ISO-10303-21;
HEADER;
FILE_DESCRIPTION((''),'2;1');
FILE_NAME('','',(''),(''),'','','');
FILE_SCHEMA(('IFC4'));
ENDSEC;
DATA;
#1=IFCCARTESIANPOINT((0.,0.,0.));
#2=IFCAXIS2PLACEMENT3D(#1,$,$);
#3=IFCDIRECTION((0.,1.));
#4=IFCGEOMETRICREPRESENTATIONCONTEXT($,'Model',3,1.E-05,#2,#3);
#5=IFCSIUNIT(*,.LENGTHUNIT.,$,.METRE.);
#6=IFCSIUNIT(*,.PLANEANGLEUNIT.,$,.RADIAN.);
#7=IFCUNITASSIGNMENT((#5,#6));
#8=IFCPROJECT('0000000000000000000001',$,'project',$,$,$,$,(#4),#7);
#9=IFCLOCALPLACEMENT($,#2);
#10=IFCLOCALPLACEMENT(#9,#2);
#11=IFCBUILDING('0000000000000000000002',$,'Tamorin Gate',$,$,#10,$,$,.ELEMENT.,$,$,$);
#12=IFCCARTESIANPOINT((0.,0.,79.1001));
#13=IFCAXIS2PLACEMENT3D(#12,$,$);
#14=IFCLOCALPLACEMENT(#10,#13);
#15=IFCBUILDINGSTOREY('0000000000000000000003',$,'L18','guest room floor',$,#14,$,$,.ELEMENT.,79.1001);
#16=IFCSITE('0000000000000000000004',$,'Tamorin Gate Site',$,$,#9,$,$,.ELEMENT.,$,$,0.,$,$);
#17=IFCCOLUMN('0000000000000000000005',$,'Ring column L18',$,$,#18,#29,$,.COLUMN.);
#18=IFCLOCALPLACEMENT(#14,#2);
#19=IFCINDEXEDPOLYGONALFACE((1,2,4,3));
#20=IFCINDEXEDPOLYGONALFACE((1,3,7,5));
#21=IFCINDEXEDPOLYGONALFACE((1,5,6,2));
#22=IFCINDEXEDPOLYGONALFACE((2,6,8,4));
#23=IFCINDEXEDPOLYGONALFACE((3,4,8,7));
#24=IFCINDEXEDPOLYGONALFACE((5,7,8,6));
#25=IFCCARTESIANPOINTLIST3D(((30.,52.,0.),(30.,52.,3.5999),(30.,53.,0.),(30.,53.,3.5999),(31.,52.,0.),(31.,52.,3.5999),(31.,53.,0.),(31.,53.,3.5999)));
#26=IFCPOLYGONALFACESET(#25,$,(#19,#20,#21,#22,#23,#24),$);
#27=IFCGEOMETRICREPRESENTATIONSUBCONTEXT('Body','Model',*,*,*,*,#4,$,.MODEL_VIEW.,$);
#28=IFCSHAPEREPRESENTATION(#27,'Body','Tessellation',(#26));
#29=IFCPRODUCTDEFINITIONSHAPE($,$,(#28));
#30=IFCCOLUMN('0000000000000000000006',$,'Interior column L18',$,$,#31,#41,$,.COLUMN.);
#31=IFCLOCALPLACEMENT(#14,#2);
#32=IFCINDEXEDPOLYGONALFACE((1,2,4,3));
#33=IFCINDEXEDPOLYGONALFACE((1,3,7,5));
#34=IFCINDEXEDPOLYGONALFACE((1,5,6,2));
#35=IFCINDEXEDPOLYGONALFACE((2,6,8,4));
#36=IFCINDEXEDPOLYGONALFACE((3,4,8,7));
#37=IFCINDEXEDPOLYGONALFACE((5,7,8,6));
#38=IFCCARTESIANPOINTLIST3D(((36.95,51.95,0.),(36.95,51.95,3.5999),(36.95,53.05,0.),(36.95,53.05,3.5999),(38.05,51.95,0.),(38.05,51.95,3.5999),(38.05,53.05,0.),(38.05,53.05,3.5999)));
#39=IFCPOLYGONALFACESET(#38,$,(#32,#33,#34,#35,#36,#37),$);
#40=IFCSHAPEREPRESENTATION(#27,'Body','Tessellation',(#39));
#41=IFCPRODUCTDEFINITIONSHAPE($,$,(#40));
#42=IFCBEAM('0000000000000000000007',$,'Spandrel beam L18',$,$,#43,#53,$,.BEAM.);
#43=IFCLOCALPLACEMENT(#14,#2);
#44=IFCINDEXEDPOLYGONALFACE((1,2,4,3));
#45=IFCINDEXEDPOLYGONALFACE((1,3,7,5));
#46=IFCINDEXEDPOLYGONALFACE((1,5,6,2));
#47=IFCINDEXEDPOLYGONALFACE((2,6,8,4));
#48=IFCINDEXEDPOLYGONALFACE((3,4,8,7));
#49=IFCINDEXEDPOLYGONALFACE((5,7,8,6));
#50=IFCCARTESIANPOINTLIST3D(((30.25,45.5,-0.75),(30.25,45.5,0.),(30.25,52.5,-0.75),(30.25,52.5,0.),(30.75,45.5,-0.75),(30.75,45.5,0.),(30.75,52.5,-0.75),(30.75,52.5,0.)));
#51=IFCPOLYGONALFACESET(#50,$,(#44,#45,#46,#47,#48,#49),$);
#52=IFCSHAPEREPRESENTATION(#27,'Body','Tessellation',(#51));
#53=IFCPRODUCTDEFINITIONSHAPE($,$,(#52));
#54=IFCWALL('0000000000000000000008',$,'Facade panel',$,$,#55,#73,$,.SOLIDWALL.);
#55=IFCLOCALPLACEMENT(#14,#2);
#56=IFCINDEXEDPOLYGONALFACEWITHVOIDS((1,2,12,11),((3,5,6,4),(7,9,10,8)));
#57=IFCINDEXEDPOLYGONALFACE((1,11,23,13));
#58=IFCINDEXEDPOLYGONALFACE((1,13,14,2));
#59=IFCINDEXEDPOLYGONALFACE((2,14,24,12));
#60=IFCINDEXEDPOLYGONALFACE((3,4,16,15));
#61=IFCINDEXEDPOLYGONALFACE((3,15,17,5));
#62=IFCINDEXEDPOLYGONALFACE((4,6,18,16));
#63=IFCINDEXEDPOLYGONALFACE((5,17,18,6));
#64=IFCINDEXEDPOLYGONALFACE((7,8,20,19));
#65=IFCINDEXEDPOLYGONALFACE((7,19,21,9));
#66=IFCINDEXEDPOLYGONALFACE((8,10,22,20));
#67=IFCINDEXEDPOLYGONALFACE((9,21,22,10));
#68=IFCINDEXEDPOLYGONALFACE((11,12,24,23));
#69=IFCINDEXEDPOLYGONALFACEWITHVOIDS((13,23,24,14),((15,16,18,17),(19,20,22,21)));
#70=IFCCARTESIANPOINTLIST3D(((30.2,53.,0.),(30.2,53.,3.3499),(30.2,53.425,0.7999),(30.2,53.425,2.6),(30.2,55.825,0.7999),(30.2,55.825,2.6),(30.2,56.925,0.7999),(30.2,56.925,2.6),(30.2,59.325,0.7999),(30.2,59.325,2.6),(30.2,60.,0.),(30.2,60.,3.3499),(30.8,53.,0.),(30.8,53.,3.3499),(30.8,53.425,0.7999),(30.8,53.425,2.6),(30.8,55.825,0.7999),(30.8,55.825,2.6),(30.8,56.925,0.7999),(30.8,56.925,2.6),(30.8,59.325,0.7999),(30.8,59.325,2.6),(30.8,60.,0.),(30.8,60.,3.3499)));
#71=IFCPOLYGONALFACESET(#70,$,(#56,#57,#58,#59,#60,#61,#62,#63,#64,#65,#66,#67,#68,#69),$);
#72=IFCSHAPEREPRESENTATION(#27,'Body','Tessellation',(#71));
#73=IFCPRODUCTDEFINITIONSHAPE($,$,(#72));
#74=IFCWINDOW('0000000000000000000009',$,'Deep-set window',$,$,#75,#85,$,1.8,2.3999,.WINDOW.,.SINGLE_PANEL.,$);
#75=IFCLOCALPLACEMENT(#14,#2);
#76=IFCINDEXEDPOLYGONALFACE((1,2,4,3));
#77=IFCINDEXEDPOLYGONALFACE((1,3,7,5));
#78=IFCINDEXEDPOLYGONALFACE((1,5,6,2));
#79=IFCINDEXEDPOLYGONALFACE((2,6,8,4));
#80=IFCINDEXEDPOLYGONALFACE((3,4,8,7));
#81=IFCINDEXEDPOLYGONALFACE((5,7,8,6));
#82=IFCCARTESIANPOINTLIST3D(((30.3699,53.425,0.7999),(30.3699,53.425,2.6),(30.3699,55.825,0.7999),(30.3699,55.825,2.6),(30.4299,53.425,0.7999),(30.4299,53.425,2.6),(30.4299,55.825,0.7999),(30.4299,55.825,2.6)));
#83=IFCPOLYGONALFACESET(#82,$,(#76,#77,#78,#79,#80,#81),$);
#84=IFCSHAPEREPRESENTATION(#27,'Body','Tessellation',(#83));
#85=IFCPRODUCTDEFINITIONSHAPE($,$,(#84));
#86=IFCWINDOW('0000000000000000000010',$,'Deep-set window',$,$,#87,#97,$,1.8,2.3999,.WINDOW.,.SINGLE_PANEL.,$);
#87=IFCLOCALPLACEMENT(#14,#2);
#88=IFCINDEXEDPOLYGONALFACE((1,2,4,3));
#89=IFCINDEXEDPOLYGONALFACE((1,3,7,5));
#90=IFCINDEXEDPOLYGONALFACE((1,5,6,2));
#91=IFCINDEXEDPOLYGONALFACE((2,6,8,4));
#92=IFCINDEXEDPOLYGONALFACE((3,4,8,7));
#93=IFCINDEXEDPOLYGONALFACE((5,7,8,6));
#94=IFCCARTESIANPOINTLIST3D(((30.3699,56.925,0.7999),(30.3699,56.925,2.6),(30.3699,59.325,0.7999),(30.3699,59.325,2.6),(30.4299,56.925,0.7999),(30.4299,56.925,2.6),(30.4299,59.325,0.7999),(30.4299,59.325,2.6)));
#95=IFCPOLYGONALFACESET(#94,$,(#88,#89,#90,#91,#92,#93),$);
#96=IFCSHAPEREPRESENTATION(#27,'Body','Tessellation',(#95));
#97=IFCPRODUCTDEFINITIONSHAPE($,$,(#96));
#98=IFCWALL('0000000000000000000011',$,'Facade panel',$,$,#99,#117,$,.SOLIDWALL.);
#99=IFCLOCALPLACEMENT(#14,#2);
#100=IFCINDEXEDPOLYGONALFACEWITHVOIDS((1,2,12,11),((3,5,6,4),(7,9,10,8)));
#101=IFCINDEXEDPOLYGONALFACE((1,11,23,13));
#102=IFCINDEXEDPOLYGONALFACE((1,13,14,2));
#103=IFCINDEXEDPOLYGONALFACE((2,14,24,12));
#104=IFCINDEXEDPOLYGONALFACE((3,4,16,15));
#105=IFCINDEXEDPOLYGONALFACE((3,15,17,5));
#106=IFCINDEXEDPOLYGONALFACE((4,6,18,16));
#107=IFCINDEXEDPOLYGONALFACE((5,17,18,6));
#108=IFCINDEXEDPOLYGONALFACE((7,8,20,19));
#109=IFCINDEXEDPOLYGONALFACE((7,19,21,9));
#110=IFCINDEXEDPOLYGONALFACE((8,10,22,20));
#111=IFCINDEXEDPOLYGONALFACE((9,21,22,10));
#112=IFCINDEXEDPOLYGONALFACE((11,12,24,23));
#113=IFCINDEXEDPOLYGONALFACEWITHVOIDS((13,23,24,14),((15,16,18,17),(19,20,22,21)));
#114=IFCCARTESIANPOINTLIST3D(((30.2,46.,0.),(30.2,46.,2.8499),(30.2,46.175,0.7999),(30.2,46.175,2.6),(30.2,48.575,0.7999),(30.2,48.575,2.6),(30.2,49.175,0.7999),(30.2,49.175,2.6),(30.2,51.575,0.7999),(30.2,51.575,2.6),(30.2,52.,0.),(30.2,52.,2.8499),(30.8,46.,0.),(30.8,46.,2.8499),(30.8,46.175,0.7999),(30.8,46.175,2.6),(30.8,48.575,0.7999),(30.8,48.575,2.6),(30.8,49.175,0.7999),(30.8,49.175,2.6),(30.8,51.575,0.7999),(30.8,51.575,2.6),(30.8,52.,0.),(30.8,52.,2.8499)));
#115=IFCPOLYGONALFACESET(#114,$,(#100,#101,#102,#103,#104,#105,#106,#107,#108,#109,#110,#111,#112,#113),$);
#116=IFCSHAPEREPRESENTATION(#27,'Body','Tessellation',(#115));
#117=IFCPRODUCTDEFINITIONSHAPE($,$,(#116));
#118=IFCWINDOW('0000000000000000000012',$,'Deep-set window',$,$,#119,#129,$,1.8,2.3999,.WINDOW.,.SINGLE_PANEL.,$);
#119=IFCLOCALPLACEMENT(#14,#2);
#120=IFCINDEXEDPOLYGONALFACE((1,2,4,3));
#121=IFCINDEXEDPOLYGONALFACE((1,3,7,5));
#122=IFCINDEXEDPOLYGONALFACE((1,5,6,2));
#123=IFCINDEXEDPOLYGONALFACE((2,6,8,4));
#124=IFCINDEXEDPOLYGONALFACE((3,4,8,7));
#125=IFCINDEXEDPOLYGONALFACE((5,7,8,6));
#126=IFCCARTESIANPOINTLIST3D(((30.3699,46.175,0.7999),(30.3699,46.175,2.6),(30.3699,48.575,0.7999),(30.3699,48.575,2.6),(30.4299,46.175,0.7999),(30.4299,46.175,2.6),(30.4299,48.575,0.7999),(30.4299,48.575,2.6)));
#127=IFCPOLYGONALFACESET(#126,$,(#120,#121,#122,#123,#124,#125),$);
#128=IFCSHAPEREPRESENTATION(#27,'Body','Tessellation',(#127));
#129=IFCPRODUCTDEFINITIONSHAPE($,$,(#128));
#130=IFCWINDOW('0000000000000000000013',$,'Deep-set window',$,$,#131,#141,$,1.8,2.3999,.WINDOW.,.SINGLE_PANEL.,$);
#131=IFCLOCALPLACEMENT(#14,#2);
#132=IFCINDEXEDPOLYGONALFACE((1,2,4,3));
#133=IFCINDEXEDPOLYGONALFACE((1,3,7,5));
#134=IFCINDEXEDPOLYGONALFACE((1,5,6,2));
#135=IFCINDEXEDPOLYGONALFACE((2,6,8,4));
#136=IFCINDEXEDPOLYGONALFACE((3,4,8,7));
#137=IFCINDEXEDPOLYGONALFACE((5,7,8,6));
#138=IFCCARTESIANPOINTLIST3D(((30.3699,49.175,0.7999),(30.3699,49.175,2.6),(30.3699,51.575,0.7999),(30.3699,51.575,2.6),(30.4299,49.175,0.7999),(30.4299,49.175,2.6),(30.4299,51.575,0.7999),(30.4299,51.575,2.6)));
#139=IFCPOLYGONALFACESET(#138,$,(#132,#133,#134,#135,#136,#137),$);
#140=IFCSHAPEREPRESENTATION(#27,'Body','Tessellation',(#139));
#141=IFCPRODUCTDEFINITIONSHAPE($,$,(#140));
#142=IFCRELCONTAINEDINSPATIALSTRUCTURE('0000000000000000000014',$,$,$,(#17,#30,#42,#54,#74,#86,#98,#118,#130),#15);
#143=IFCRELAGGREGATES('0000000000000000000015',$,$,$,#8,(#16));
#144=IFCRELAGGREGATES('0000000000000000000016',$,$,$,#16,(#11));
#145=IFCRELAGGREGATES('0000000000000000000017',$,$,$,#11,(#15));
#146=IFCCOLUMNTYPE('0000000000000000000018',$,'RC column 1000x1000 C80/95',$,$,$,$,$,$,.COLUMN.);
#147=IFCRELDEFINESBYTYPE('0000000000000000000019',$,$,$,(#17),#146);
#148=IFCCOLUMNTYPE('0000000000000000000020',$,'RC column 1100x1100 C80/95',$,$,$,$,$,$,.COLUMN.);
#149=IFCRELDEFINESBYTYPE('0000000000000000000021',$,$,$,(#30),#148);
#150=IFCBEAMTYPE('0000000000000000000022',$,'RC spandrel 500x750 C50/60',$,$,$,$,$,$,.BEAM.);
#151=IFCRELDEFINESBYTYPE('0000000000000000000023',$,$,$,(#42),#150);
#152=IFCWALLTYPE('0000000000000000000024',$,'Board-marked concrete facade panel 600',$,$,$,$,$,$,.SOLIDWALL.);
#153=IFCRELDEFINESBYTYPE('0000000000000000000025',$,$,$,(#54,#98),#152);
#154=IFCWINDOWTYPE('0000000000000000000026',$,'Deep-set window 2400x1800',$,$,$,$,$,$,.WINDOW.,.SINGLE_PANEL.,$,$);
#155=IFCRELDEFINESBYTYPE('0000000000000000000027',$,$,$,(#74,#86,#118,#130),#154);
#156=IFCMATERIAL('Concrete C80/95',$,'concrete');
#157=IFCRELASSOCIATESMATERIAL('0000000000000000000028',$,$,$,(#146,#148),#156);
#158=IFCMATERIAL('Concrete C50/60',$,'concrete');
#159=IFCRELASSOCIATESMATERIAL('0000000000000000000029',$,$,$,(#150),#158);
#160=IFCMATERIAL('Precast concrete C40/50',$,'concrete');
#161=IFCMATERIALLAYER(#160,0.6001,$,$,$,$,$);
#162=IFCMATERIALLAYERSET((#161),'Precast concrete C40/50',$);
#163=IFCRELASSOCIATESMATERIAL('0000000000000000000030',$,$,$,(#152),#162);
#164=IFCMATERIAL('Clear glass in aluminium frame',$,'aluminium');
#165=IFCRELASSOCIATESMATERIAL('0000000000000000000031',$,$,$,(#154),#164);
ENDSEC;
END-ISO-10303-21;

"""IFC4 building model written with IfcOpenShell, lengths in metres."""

from ifc_helpers import new_model, si_unit, direction, frame, frame_2d, origin, origin_2d, place, context, subcontext, project, spatial, rectangle, extrude, material, layer, layer_set, material_profile, profile_set, type_object, element, fill, save


model = new_model("IFC4")

# Units and contexts
model_context = context("Model", 3, precision=1e-05, world=origin(), true_north=direction((0.0, 1.0)))
body_context = subcontext(model_context, "Body", "Model", "MODEL_VIEW")
ifc_project = project(units=[si_unit("LENGTHUNIT", "METRE"), si_unit("PLANEANGLEUNIT", "RADIAN")], contexts=[model_context])

# Site, building, storey
site_placement = place(None, origin())
site = spatial("IfcSite", under=ifc_project, at=site_placement, Name="Tamorin Gate Site", CompositionType="ELEMENT", RefElevation=0.0)
building_placement = place(site_placement, origin())
building = spatial("IfcBuilding", under=site, at=building_placement, Name="Tamorin Gate", CompositionType="ELEMENT")
storey_placement = place(building_placement, frame((0.0, 0.0, 79.1001)))
storey = spatial("IfcBuildingStorey", under=building, at=storey_placement, Name="L18", Description="guest room floor", CompositionType="ELEMENT", Elevation=79.1001)

# Columns
ifc_material_1 = material(Name="Concrete C80/95", Category="concrete")
ifc_material_profile_1 = material_profile(ifc_material_1, rectangle(XDim=1.0, YDim=1.0, at=origin_2d()), Name="RC 1000x1000")
ifc_profile_set_1 = profile_set([ifc_material_profile_1], Name="Concrete C80/95")
column_type_1 = type_object("IfcColumnType", Name="RC column 1000x1000 C80/95", PredefinedType="COLUMN", material=ifc_profile_set_1)
column_1_placement = place(storey_placement, frame((30.5, 52.5, 0.0), z_axis=(0.0, 0.0, 1.0), x_axis=(1.0, 0.0, 0.0)))
element("IfcColumn", 1, at=column_1_placement, inside=storey, type_object=column_type_1, Name="Ring column L18", PredefinedType="COLUMN", context=body_context, shape_type="SweptSolid", body=[
    extrude(rectangle(XDim=1.0, YDim=1.0, at=origin_2d()), origin(), (0.0, 0.0, 1.0), 3.5999),
])
ifc_material_profile_2 = material_profile(ifc_material_1, rectangle(XDim=1.1001, YDim=1.1001, at=origin_2d()), Name="RC 1100x1100")
ifc_profile_set_2 = profile_set([ifc_material_profile_2], Name="Concrete C80/95")
column_type_2 = type_object("IfcColumnType", Name="RC column 1100x1100 C80/95", PredefinedType="COLUMN", material=ifc_profile_set_2)
column_2_placement = place(storey_placement, frame((37.5, 52.5, 0.0), z_axis=(0.0, 0.0, 1.0), x_axis=(1.0, 0.0, 0.0)))
element("IfcColumn", 2, at=column_2_placement, inside=storey, type_object=column_type_2, Name="Interior column L18", PredefinedType="COLUMN", context=body_context, shape_type="SweptSolid", body=[
    extrude(rectangle(XDim=1.1001, YDim=1.1001, at=origin_2d()), origin(), (0.0, 0.0, 1.0), 3.5999),
])

# Beam
ifc_material_2 = material(Name="Concrete C50/60", Category="concrete")
ifc_material_profile_3 = material_profile(ifc_material_2, rectangle(XDim=0.5, YDim=0.75, at=origin_2d()), Name="RC 500x750")
ifc_profile_set_3 = profile_set([ifc_material_profile_3], Name="Concrete C50/60")
beam_type = type_object("IfcBeamType", Name="RC spandrel 500x750 C50/60", PredefinedType="BEAM", material=ifc_profile_set_3)
beam_placement = place(storey_placement, frame((30.5, 52.5, -0.375), z_axis=(0.0, -1.0, 0.0), x_axis=(1.0, 0.0, 0.0)))
element("IfcBeam", 3, at=beam_placement, inside=storey, type_object=beam_type, Name="Spandrel beam L18", PredefinedType="BEAM", context=body_context, shape_type="SweptSolid", body=[
    extrude(rectangle(XDim=0.5, YDim=0.75, at=origin_2d()), origin(), (0.0, 0.0, 1.0), 7.0),
])

# Walls, openings, windows
ifc_material_3 = material(Name="Precast concrete C40/50", Category="concrete")
ifc_layer_1 = layer(ifc_material_3, 0.6001)
ifc_layer_set_1 = layer_set([ifc_layer_1], Name="Precast concrete C40/50")
wall_type_1 = type_object("IfcWallType", Name="Board-marked concrete facade panel 600", PredefinedType="SOLIDWALL", material=ifc_layer_set_1)
wall_1_placement = place(storey_placement, frame((30.5, 60.0, 0.0), z_axis=(0.0, 0.0, 1.0), x_axis=(0.0, -1.0, 0.0)))
wall_1 = element("IfcWall", 4, at=wall_1_placement, inside=storey, type_object=wall_type_1, Name="Facade panel", PredefinedType="SOLIDWALL", context=body_context, shape_type="SweptSolid", body=[
    extrude(rectangle(XDim=7.0, YDim=0.6001, at=frame_2d((3.5, 0.0))), origin(), (0.0, 0.0, 1.0), 3.3499),
])
opening_1_placement = place(wall_1_placement, frame((4.175, 0.0, 0.8)))
opening_1 = element("IfcOpeningElement", 5, at=opening_1_placement, cuts=wall_1, PredefinedType="OPENING", context=body_context, shape_type="SweptSolid", body=[
    extrude(rectangle(XDim=2.3999, YDim=1.8, at=frame_2d((1.2, 0.8999))), frame((0.0, 0.3101, 0.0), z_axis=(0.0, -1.0, 0.0), x_axis=(1.0, 0.0, 0.0)), (0.0, 0.0, 1.0), 0.6201),
])
opening_2_placement = place(wall_1_placement, frame((0.675, 0.0, 0.8)))
opening_2 = element("IfcOpeningElement", 6, at=opening_2_placement, cuts=wall_1, PredefinedType="OPENING", context=body_context, shape_type="SweptSolid", body=[
    extrude(rectangle(XDim=2.3999, YDim=1.8, at=frame_2d((1.2, 0.8999))), frame((0.0, 0.3101, 0.0), z_axis=(0.0, -1.0, 0.0), x_axis=(1.0, 0.0, 0.0)), (0.0, 0.0, 1.0), 0.6201),
])
ifc_material_4 = material(Name="Clear glass in aluminium frame", Category="aluminium")
window_type = type_object("IfcWindowType", Name="Deep-set window 2400x1800", PartitioningType="SINGLE_PANEL", PredefinedType="WINDOW", material=ifc_material_4)
window_1_placement = place(opening_1_placement, origin())
window_1 = element("IfcWindow", 7, at=window_1_placement, inside=storey, type_object=window_type, Name="Deep-set window", OverallHeight=1.8, OverallWidth=2.3999, PartitioningType="SINGLE_PANEL", PredefinedType="WINDOW", context=body_context, shape_type="SweptSolid", body=[
    extrude(rectangle(XDim=2.3999, YDim=1.8, at=frame_2d((1.2, 0.8999))), frame((0.0, -0.0701, 0.0), z_axis=(0.0, -1.0, 0.0), x_axis=(1.0, 0.0, 0.0)), (0.0, 0.0, 1.0), 0.0601),
])
fill(opening_1, window_1)
window_2_placement = place(opening_2_placement, origin())
window_2 = element("IfcWindow", 8, at=window_2_placement, inside=storey, type_object=window_type, Name="Deep-set window", OverallHeight=1.8, OverallWidth=2.3999, PartitioningType="SINGLE_PANEL", PredefinedType="WINDOW", context=body_context, shape_type="SweptSolid", body=[
    extrude(rectangle(XDim=2.3999, YDim=1.8, at=frame_2d((1.2, 0.8999))), frame((0.0, -0.0701, 0.0), z_axis=(0.0, -1.0, 0.0), x_axis=(1.0, 0.0, 0.0)), (0.0, 0.0, 1.0), 0.0601),
])
fill(opening_2, window_2)
wall_2_placement = place(storey_placement, frame((30.5, 52.0, 0.0), z_axis=(0.0, 0.0, 1.0), x_axis=(0.0, -1.0, 0.0)))
wall_2 = element("IfcWall", 9, at=wall_2_placement, inside=storey, type_object=wall_type_1, Name="Facade panel", PredefinedType="SOLIDWALL", context=body_context, shape_type="SweptSolid", body=[
    extrude(rectangle(XDim=6.0, YDim=0.6001, at=frame_2d((3.0, 0.0))), origin(), (0.0, 0.0, 1.0), 2.8499),
])
opening_3_placement = place(wall_2_placement, frame((3.425, 0.0, 0.8)))
opening_3 = element("IfcOpeningElement", 10, at=opening_3_placement, cuts=wall_2, PredefinedType="OPENING", context=body_context, shape_type="SweptSolid", body=[
    extrude(rectangle(XDim=2.3999, YDim=1.8, at=frame_2d((1.2, 0.8999))), frame((0.0, 0.3101, 0.0), z_axis=(0.0, -1.0, 0.0), x_axis=(1.0, 0.0, 0.0)), (0.0, 0.0, 1.0), 0.6201),
])
opening_4_placement = place(wall_2_placement, frame((0.425, 0.0, 0.8)))
opening_4 = element("IfcOpeningElement", 11, at=opening_4_placement, cuts=wall_2, PredefinedType="OPENING", context=body_context, shape_type="SweptSolid", body=[
    extrude(rectangle(XDim=2.3999, YDim=1.8, at=frame_2d((1.2, 0.8999))), frame((0.0, 0.3101, 0.0), z_axis=(0.0, -1.0, 0.0), x_axis=(1.0, 0.0, 0.0)), (0.0, 0.0, 1.0), 0.6201),
])
window_3_placement = place(opening_3_placement, origin())
window_3 = element("IfcWindow", 12, at=window_3_placement, inside=storey, type_object=window_type, Name="Deep-set window", OverallHeight=1.8, OverallWidth=2.3999, PartitioningType="SINGLE_PANEL", PredefinedType="WINDOW", context=body_context, shape_type="SweptSolid", body=[
    extrude(rectangle(XDim=2.3999, YDim=1.8, at=frame_2d((1.2, 0.8999))), frame((0.0, -0.0701, 0.0), z_axis=(0.0, -1.0, 0.0), x_axis=(1.0, 0.0, 0.0)), (0.0, 0.0, 1.0), 0.0601),
])
fill(opening_3, window_3)
window_4_placement = place(opening_4_placement, origin())
window_4 = element("IfcWindow", 13, at=window_4_placement, inside=storey, type_object=window_type, Name="Deep-set window", OverallHeight=1.8, OverallWidth=2.3999, PartitioningType="SINGLE_PANEL", PredefinedType="WINDOW", context=body_context, shape_type="SweptSolid", body=[
    extrude(rectangle(XDim=2.3999, YDim=1.8, at=frame_2d((1.2, 0.8999))), frame((0.0, -0.0701, 0.0), z_axis=(0.0, -1.0, 0.0), x_axis=(1.0, 0.0, 0.0)), (0.0, 0.0, 1.0), 0.0601),
])
fill(opening_4, window_4)

save(model, "model.ifc")
